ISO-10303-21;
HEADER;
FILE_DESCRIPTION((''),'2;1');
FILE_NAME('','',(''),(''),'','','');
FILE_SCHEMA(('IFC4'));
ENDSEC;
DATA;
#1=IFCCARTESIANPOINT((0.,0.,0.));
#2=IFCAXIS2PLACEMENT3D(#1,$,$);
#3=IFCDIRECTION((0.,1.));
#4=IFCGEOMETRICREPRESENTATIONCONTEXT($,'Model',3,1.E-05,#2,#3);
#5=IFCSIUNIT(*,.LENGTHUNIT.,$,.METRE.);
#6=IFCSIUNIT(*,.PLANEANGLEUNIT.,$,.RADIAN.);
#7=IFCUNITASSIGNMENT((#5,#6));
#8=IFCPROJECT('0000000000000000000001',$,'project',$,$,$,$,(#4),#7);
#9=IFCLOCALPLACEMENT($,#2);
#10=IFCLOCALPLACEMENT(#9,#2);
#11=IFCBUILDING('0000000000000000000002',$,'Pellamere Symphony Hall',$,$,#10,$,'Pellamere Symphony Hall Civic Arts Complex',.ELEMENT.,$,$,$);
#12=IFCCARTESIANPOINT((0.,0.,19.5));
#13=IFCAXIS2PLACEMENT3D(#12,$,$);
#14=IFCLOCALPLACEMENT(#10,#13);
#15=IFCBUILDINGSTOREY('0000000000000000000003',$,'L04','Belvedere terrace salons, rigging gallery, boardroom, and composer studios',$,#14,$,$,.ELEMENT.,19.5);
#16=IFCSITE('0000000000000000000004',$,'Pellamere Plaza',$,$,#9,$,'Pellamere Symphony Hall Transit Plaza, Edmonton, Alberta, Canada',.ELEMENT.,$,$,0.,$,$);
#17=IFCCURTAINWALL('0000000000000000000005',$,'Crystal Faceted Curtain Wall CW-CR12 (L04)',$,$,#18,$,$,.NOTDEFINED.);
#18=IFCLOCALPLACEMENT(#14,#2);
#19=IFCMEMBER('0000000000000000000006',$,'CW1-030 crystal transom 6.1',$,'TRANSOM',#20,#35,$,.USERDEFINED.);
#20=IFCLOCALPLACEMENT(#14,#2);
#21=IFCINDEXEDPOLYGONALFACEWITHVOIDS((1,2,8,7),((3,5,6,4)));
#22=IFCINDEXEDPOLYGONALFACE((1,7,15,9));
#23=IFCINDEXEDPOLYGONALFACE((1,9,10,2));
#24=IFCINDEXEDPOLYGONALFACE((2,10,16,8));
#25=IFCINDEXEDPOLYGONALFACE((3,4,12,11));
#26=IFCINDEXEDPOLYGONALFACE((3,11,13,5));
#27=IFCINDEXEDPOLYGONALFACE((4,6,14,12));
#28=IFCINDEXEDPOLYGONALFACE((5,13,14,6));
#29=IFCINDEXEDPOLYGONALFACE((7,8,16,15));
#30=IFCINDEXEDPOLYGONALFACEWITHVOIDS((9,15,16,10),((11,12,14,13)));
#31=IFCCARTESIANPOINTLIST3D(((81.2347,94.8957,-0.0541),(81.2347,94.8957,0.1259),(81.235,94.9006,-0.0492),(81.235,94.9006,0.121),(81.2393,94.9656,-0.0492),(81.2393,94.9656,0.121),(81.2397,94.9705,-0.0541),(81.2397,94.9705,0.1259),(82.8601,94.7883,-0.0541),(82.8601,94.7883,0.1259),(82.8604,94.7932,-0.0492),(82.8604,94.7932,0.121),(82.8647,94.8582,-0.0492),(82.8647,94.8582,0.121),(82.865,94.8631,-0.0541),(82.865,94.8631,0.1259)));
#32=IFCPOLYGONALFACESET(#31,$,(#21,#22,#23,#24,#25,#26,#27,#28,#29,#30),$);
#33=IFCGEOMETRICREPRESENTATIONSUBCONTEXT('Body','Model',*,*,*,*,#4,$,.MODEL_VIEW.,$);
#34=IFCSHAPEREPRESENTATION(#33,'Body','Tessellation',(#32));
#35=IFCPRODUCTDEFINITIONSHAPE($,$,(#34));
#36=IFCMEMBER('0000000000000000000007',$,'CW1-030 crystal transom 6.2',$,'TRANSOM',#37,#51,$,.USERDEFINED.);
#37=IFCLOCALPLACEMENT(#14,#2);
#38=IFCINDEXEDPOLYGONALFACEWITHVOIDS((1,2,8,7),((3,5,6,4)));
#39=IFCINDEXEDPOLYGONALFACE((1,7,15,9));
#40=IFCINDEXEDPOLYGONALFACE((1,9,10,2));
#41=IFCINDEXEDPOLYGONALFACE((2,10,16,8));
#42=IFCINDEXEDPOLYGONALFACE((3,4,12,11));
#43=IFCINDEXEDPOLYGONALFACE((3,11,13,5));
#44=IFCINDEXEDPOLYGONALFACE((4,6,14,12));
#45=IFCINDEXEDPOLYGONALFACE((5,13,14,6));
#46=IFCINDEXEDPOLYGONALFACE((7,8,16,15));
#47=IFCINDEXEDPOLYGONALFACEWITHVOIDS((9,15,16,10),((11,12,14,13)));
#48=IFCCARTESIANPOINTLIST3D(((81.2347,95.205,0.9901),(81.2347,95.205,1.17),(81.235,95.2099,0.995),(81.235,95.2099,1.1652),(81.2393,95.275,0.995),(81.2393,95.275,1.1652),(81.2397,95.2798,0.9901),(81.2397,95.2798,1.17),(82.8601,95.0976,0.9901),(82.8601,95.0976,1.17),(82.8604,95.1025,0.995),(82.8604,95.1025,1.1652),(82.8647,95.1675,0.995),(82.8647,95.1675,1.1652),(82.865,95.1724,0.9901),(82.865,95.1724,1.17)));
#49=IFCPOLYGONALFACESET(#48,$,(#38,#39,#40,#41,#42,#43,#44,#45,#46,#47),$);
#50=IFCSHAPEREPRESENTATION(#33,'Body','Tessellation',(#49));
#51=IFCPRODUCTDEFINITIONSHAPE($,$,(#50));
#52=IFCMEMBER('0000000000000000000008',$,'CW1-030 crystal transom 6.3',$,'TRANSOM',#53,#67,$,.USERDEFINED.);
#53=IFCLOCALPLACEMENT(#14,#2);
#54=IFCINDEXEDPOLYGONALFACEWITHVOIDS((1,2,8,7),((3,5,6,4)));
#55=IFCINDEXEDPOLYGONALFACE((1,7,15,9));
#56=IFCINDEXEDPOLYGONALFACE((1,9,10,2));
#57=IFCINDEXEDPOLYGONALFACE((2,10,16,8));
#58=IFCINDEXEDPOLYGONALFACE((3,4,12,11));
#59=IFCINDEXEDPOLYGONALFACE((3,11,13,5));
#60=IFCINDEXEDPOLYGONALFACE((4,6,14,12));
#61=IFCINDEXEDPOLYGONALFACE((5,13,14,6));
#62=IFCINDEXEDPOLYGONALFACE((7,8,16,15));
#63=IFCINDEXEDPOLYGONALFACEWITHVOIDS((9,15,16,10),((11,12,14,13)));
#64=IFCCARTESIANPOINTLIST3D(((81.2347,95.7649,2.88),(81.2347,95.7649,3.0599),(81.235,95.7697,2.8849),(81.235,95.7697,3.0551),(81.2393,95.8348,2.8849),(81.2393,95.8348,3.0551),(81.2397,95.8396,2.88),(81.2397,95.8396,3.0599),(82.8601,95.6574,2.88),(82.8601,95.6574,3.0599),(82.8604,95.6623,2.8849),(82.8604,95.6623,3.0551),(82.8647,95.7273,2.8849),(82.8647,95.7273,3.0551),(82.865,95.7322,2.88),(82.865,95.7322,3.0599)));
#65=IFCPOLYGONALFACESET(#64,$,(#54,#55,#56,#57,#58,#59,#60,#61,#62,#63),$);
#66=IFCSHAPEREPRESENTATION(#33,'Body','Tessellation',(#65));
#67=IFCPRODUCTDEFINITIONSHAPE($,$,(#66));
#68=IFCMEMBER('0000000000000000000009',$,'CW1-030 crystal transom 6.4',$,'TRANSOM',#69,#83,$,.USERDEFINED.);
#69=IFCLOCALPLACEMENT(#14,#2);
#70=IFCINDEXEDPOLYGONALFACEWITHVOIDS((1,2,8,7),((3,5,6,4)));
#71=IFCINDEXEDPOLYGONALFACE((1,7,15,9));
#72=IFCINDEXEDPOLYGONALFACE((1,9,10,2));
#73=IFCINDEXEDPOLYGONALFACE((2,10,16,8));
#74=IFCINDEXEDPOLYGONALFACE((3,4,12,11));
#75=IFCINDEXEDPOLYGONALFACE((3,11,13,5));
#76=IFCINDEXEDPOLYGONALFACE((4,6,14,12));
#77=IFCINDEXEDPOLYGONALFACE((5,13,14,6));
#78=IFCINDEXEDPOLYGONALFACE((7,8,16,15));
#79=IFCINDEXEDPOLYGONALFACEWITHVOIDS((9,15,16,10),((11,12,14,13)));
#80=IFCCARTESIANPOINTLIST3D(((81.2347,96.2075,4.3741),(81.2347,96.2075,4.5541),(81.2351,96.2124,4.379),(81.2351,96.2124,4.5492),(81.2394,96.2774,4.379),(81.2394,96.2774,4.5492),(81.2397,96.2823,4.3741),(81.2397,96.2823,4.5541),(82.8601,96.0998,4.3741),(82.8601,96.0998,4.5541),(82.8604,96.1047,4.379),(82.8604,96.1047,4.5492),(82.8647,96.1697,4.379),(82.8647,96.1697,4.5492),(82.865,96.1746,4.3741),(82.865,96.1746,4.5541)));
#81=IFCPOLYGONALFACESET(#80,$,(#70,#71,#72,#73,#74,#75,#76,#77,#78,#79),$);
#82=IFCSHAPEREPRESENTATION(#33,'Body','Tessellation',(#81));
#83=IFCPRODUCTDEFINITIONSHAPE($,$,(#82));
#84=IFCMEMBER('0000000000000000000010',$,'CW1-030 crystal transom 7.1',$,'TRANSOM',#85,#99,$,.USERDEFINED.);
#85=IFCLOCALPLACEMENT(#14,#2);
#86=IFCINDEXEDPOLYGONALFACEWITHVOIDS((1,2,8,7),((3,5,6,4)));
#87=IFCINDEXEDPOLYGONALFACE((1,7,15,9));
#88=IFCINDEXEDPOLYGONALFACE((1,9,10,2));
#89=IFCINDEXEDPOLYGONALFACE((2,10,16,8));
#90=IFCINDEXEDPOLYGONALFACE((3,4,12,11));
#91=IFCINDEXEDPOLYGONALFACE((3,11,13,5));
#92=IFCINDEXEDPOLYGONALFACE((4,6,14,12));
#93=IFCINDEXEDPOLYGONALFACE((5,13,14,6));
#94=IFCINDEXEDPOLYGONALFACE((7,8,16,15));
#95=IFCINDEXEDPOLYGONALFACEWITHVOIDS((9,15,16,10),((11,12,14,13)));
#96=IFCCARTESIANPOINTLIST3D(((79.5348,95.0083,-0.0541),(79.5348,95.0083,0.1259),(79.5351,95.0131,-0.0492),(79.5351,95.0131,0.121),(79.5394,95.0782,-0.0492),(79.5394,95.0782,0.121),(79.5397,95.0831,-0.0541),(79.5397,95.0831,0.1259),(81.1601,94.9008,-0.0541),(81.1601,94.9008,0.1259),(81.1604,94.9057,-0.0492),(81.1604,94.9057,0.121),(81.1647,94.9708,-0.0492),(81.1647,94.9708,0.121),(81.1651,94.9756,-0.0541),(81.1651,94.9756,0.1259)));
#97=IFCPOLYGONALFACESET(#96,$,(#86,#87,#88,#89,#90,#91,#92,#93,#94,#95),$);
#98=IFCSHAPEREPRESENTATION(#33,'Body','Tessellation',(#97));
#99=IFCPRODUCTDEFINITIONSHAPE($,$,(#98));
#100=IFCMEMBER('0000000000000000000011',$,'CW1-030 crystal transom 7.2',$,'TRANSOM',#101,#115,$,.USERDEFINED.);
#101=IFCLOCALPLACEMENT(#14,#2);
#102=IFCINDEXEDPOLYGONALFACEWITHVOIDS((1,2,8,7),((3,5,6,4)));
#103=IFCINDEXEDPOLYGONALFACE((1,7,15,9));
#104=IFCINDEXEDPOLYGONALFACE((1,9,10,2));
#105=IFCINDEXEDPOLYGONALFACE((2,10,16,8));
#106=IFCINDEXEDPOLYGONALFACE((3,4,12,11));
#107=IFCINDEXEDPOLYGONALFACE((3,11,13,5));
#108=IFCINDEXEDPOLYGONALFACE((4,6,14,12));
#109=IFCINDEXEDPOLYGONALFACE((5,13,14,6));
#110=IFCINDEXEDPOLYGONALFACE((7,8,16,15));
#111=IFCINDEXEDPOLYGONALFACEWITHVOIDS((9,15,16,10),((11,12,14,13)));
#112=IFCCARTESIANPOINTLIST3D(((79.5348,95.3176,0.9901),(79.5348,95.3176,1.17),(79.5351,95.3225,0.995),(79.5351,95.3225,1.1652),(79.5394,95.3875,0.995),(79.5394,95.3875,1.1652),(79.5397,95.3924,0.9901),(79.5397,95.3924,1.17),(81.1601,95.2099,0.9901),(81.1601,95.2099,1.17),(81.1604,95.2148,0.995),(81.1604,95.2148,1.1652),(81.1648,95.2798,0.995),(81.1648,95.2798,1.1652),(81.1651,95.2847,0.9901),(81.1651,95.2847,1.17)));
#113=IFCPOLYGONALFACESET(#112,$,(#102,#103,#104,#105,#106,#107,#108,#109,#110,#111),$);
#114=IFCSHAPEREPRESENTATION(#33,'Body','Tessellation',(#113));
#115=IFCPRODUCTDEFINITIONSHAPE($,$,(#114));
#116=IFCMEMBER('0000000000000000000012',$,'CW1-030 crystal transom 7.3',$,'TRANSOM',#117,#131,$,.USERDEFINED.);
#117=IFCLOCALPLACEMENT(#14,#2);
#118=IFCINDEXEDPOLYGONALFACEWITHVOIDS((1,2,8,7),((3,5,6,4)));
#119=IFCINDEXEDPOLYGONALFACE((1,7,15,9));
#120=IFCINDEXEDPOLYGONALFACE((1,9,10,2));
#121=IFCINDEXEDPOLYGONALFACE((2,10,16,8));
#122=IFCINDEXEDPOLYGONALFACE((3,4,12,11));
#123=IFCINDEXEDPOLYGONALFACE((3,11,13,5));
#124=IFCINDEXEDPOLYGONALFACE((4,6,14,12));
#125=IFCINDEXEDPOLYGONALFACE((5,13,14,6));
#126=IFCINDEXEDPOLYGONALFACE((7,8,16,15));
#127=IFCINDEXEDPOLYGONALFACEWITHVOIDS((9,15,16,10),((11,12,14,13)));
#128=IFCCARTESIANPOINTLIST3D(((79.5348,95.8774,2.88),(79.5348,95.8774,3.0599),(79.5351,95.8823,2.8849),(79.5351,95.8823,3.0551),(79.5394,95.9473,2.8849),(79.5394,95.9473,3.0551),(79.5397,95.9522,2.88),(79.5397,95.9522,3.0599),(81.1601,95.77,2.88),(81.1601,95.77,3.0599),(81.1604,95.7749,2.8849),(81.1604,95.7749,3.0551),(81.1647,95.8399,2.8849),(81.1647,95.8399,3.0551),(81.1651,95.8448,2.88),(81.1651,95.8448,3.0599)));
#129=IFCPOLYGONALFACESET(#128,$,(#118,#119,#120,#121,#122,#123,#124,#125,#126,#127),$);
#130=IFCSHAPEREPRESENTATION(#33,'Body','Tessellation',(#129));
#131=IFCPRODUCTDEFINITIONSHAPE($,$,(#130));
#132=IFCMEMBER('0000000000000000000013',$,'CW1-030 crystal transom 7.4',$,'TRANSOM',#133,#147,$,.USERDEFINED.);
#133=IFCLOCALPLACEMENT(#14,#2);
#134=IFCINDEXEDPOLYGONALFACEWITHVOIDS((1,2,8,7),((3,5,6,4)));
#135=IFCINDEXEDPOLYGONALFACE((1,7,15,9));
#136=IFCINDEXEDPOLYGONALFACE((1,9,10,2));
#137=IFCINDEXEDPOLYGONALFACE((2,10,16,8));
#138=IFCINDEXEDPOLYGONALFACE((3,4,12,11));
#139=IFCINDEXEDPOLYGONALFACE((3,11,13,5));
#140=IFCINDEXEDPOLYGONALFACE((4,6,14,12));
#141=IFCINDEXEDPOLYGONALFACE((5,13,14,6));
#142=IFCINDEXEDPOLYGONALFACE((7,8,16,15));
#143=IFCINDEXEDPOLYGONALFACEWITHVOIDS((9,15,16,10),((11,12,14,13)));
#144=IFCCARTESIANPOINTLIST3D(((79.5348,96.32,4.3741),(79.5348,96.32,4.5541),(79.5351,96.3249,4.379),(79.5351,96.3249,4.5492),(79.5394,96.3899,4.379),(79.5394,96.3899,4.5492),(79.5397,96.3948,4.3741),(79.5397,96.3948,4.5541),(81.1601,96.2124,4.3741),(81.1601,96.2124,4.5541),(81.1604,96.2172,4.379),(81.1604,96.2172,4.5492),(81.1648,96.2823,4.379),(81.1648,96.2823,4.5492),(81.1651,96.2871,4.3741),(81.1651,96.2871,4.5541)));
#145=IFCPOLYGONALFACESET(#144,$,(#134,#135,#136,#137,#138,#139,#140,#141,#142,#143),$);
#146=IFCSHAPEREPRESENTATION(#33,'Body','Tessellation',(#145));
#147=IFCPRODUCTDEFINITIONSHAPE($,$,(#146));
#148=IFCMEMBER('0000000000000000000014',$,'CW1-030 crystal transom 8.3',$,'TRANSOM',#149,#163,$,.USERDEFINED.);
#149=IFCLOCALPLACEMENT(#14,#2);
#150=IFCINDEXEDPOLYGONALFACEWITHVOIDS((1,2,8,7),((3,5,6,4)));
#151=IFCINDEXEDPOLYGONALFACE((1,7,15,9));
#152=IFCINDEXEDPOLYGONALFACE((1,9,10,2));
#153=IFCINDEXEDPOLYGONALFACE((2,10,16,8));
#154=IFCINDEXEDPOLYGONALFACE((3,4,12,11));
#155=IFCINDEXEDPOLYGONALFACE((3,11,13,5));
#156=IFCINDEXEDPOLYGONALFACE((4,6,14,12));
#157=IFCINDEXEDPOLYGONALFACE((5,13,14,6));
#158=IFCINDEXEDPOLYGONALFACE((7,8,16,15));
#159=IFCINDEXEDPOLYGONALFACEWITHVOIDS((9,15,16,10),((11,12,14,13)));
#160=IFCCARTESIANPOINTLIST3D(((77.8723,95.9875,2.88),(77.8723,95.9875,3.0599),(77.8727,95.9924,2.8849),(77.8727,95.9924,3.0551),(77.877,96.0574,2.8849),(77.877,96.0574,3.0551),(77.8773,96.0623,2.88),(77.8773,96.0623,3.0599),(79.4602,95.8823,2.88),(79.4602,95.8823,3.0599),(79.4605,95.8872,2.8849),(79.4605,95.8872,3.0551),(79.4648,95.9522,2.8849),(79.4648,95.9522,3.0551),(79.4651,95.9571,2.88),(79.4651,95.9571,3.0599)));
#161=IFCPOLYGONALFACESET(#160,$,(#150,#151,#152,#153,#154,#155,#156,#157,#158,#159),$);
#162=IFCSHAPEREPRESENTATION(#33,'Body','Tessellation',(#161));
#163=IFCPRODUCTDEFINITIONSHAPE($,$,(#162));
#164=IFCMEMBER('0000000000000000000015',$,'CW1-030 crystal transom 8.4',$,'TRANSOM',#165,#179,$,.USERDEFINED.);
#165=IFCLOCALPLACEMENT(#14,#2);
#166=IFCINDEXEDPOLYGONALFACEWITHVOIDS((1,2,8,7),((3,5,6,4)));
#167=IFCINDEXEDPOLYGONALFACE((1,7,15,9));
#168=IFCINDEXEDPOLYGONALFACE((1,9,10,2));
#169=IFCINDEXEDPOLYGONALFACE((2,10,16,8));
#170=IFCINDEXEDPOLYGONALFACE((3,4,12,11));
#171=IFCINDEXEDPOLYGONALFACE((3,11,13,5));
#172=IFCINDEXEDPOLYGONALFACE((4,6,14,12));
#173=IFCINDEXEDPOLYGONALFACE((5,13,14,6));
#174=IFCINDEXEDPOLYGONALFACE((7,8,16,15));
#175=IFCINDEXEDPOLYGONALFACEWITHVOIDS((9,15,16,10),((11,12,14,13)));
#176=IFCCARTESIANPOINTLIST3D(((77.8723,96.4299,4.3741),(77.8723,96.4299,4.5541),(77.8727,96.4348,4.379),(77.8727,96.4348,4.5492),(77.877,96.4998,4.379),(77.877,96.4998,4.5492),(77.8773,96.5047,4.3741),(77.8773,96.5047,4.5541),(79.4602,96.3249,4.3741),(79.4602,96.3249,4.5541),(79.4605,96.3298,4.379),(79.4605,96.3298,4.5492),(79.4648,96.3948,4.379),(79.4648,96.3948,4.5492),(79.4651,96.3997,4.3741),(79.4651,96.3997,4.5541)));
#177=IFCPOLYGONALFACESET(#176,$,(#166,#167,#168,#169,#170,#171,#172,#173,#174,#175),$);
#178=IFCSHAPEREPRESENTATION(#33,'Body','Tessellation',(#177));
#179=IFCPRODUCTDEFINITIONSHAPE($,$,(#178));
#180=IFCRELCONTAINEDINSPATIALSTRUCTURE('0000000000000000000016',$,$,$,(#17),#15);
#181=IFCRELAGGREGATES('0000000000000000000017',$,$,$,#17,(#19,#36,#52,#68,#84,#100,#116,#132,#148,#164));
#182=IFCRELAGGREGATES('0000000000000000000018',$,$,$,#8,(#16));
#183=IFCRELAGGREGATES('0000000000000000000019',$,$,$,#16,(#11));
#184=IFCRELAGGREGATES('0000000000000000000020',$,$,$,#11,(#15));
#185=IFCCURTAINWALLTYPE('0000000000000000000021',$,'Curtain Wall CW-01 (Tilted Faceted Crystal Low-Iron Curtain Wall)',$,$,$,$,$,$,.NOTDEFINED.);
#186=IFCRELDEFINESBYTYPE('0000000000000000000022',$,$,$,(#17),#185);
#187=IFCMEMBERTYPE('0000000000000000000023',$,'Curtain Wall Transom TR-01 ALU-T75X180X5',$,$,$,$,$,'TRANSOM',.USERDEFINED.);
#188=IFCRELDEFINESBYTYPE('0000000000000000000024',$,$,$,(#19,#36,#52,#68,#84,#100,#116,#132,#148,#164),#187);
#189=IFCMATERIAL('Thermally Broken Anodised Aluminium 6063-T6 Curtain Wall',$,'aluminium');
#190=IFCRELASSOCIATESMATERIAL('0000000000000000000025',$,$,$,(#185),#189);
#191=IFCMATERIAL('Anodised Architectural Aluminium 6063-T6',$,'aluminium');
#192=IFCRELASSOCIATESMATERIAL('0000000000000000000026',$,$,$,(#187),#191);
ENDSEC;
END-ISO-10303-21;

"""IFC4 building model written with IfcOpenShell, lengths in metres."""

from ifc_helpers import new_model, si_unit, direction, frame, origin, origin_2d, place, context, subcontext, project, spatial, hollow_rectangle, extrude, material, material_profile, profile_set, type_object, element, aggregate, save


model = new_model("IFC4")

# Units and contexts
model_context = context("Model", 3, precision=1e-05, world=origin(), true_north=direction((0.0, 1.0)))
body_context = subcontext(model_context, "Body", "Model", "MODEL_VIEW")
ifc_project = project(units=[si_unit("LENGTHUNIT", "METRE"), si_unit("PLANEANGLEUNIT", "RADIAN")], contexts=[model_context])

# Site, building, storey
site_placement = place(None, origin())
site = spatial("IfcSite", under=ifc_project, at=site_placement, Name="Pellamere Plaza", LongName="Pellamere Symphony Hall Transit Plaza, Edmonton, Alberta, Canada", CompositionType="ELEMENT", RefElevation=0.0)
building_placement = place(site_placement, origin())
building = spatial("IfcBuilding", under=site, at=building_placement, Name="Pellamere Symphony Hall", LongName="Pellamere Symphony Hall Civic Arts Complex", CompositionType="ELEMENT")
storey_placement = place(building_placement, frame((0.0, 0.0, 19.5)))
storey = spatial("IfcBuildingStorey", under=building, at=storey_placement, Name="L04", Description="Belvedere terrace salons, rigging gallery, boardroom, and composer studios", CompositionType="ELEMENT", Elevation=19.5)

# Curtain wall, members
ifc_material_1 = material(Name="Thermally Broken Anodised Aluminium 6063-T6 Curtain Wall", Category="aluminium")
curtain_wall_type = type_object("IfcCurtainWallType", Name="Curtain Wall CW-01 (Tilted Faceted Crystal Low-Iron Curtain Wall)", PredefinedType="NOTDEFINED", material=ifc_material_1)
curtain_wall_placement = place(storey_placement, origin())
curtain_wall = element("IfcCurtainWall", 1, at=curtain_wall_placement, inside=storey, type_object=curtain_wall_type, Name="Crystal Faceted Curtain Wall CW-CR12 (L04)", PredefinedType="NOTDEFINED")
ifc_material_2 = material(Name="Anodised Architectural Aluminium 6063-T6", Category="aluminium")
ifc_material_profile_1 = material_profile(ifc_material_2, hollow_rectangle(XDim=0.075, YDim=0.1799, WallThickness=0.0049, at=origin_2d()), Name="ALU-T75X180X5")
ifc_profile_set_1 = profile_set([ifc_material_profile_1], Name="Anodised Architectural Aluminium 6063-T6")
member_type_1 = type_object("IfcMemberType", Name="Curtain Wall Transom TR-01 ALU-T75X180X5", ElementType="TRANSOM", PredefinedType="USERDEFINED", material=ifc_profile_set_1)
member_1_placement = place(storey_placement, frame((82.8625, 94.8257, 0.0359), z_axis=(-0.997823, 0.065952, 0.0), x_axis=(-0.065952, -0.997823, 0.0)))
member_1 = element("IfcMember", 2, at=member_1_placement, type_object=member_type_1, Name="CW1-030 crystal transom 6.1", ObjectType="TRANSOM", PredefinedType="USERDEFINED", context=body_context, shape_type="SweptSolid", body=[
    extrude(hollow_rectangle(XDim=0.075, YDim=0.1799, WallThickness=0.0049, at=origin_2d()), origin(), (0.0, 0.0, 1.0), 1.6289),
])
member_2_placement = place(storey_placement, frame((82.8625, 95.135, 1.0801), z_axis=(-0.997823, 0.065952, 0.0), x_axis=(-0.065952, -0.997823, 0.0)))
member_2 = element("IfcMember", 3, at=member_2_placement, type_object=member_type_1, Name="CW1-030 crystal transom 6.2", ObjectType="TRANSOM", PredefinedType="USERDEFINED", context=body_context, shape_type="SweptSolid", body=[
    extrude(hollow_rectangle(XDim=0.075, YDim=0.1799, WallThickness=0.0049, at=origin_2d()), origin(), (0.0, 0.0, 1.0), 1.6289),
])
member_3_placement = place(storey_placement, frame((82.8625, 95.6948, 2.97), z_axis=(-0.997823, 0.065952, 0.0), x_axis=(-0.065952, -0.997823, 0.0)))
member_3 = element("IfcMember", 4, at=member_3_placement, type_object=member_type_1, Name="CW1-030 crystal transom 6.3", ObjectType="TRANSOM", PredefinedType="USERDEFINED", context=body_context, shape_type="SweptSolid", body=[
    extrude(hollow_rectangle(XDim=0.075, YDim=0.1799, WallThickness=0.0049, at=origin_2d()), origin(), (0.0, 0.0, 1.0), 1.6289),
])
member_4_placement = place(storey_placement, frame((82.8625, 96.1372, 4.4641), z_axis=(-0.997813, 0.066101, 0.0), x_axis=(-0.066101, -0.997813, 0.0)))
member_4 = element("IfcMember", 5, at=member_4_placement, type_object=member_type_1, Name="CW1-030 crystal transom 6.4", ObjectType="TRANSOM", PredefinedType="USERDEFINED", context=body_context, shape_type="SweptSolid", body=[
    extrude(hollow_rectangle(XDim=0.075, YDim=0.1799, WallThickness=0.0049, at=origin_2d()), origin(), (0.0, 0.0, 1.0), 1.6289),
])
member_5_placement = place(storey_placement, frame((81.1626, 94.9382, 0.0359), z_axis=(-0.997823, 0.065952, 0.0), x_axis=(-0.065952, -0.997823, 0.0)))
member_5 = element("IfcMember", 6, at=member_5_placement, type_object=member_type_1, Name="CW1-030 crystal transom 7.1", ObjectType="TRANSOM", PredefinedType="USERDEFINED", context=body_context, shape_type="SweptSolid", body=[
    extrude(hollow_rectangle(XDim=0.075, YDim=0.1799, WallThickness=0.0049, at=origin_2d()), origin(), (0.0, 0.0, 1.0), 1.6289),
])
member_6_placement = place(storey_placement, frame((81.1626, 95.2473, 1.0801), z_axis=(-0.997813, 0.066101, 0.0), x_axis=(-0.066101, -0.997813, 0.0)))
member_6 = element("IfcMember", 7, at=member_6_placement, type_object=member_type_1, Name="CW1-030 crystal transom 7.2", ObjectType="TRANSOM", PredefinedType="USERDEFINED", context=body_context, shape_type="SweptSolid", body=[
    extrude(hollow_rectangle(XDim=0.075, YDim=0.1799, WallThickness=0.0049, at=origin_2d()), origin(), (0.0, 0.0, 1.0), 1.6289),
])
member_7_placement = place(storey_placement, frame((81.1626, 95.8074, 2.97), z_axis=(-0.997823, 0.065952, 0.0), x_axis=(-0.065952, -0.997823, 0.0)))
member_7 = element("IfcMember", 8, at=member_7_placement, type_object=member_type_1, Name="CW1-030 crystal transom 7.3", ObjectType="TRANSOM", PredefinedType="USERDEFINED", context=body_context, shape_type="SweptSolid", body=[
    extrude(hollow_rectangle(XDim=0.075, YDim=0.1799, WallThickness=0.0049, at=origin_2d()), origin(), (0.0, 0.0, 1.0), 1.6289),
])
member_8_placement = place(storey_placement, frame((81.1626, 96.2498, 4.4641), z_axis=(-0.997813, 0.066101, 0.0), x_axis=(-0.066101, -0.997813, 0.0)))
member_8 = element("IfcMember", 9, at=member_8_placement, type_object=member_type_1, Name="CW1-030 crystal transom 7.4", ObjectType="TRANSOM", PredefinedType="USERDEFINED", context=body_context, shape_type="SweptSolid", body=[
    extrude(hollow_rectangle(XDim=0.075, YDim=0.1799, WallThickness=0.0049, at=origin_2d()), origin(), (0.0, 0.0, 1.0), 1.6289),
])
member_9_placement = place(storey_placement, frame((79.4626, 95.9197, 2.97), z_axis=(-0.997812, 0.066122, 0.0), x_axis=(-0.066122, -0.997812, 0.0)))
member_9 = element("IfcMember", 10, at=member_9_placement, type_object=member_type_1, Name="CW1-030 crystal transom 8.3", ObjectType="TRANSOM", PredefinedType="USERDEFINED", context=body_context, shape_type="SweptSolid", body=[
    extrude(hollow_rectangle(XDim=0.075, YDim=0.1799, WallThickness=0.0049, at=origin_2d()), origin(), (0.0, 0.0, 1.0), 1.5913),
])
member_10_placement = place(storey_placement, frame((79.4626, 96.3623, 4.4641), z_axis=(-0.997822, 0.065969, 0.0), x_axis=(-0.065969, -0.997822, 0.0)))
member_10 = element("IfcMember", 11, at=member_10_placement, type_object=member_type_1, Name="CW1-030 crystal transom 8.4", ObjectType="TRANSOM", PredefinedType="USERDEFINED", context=body_context, shape_type="SweptSolid", body=[
    extrude(hollow_rectangle(XDim=0.075, YDim=0.1799, WallThickness=0.0049, at=origin_2d()), origin(), (0.0, 0.0, 1.0), 1.5913),
])

aggregate(curtain_wall, [member_1, member_2, member_3, member_4, member_5, member_6, member_7, member_8, member_9, member_10])

save(model, "model.ifc")
